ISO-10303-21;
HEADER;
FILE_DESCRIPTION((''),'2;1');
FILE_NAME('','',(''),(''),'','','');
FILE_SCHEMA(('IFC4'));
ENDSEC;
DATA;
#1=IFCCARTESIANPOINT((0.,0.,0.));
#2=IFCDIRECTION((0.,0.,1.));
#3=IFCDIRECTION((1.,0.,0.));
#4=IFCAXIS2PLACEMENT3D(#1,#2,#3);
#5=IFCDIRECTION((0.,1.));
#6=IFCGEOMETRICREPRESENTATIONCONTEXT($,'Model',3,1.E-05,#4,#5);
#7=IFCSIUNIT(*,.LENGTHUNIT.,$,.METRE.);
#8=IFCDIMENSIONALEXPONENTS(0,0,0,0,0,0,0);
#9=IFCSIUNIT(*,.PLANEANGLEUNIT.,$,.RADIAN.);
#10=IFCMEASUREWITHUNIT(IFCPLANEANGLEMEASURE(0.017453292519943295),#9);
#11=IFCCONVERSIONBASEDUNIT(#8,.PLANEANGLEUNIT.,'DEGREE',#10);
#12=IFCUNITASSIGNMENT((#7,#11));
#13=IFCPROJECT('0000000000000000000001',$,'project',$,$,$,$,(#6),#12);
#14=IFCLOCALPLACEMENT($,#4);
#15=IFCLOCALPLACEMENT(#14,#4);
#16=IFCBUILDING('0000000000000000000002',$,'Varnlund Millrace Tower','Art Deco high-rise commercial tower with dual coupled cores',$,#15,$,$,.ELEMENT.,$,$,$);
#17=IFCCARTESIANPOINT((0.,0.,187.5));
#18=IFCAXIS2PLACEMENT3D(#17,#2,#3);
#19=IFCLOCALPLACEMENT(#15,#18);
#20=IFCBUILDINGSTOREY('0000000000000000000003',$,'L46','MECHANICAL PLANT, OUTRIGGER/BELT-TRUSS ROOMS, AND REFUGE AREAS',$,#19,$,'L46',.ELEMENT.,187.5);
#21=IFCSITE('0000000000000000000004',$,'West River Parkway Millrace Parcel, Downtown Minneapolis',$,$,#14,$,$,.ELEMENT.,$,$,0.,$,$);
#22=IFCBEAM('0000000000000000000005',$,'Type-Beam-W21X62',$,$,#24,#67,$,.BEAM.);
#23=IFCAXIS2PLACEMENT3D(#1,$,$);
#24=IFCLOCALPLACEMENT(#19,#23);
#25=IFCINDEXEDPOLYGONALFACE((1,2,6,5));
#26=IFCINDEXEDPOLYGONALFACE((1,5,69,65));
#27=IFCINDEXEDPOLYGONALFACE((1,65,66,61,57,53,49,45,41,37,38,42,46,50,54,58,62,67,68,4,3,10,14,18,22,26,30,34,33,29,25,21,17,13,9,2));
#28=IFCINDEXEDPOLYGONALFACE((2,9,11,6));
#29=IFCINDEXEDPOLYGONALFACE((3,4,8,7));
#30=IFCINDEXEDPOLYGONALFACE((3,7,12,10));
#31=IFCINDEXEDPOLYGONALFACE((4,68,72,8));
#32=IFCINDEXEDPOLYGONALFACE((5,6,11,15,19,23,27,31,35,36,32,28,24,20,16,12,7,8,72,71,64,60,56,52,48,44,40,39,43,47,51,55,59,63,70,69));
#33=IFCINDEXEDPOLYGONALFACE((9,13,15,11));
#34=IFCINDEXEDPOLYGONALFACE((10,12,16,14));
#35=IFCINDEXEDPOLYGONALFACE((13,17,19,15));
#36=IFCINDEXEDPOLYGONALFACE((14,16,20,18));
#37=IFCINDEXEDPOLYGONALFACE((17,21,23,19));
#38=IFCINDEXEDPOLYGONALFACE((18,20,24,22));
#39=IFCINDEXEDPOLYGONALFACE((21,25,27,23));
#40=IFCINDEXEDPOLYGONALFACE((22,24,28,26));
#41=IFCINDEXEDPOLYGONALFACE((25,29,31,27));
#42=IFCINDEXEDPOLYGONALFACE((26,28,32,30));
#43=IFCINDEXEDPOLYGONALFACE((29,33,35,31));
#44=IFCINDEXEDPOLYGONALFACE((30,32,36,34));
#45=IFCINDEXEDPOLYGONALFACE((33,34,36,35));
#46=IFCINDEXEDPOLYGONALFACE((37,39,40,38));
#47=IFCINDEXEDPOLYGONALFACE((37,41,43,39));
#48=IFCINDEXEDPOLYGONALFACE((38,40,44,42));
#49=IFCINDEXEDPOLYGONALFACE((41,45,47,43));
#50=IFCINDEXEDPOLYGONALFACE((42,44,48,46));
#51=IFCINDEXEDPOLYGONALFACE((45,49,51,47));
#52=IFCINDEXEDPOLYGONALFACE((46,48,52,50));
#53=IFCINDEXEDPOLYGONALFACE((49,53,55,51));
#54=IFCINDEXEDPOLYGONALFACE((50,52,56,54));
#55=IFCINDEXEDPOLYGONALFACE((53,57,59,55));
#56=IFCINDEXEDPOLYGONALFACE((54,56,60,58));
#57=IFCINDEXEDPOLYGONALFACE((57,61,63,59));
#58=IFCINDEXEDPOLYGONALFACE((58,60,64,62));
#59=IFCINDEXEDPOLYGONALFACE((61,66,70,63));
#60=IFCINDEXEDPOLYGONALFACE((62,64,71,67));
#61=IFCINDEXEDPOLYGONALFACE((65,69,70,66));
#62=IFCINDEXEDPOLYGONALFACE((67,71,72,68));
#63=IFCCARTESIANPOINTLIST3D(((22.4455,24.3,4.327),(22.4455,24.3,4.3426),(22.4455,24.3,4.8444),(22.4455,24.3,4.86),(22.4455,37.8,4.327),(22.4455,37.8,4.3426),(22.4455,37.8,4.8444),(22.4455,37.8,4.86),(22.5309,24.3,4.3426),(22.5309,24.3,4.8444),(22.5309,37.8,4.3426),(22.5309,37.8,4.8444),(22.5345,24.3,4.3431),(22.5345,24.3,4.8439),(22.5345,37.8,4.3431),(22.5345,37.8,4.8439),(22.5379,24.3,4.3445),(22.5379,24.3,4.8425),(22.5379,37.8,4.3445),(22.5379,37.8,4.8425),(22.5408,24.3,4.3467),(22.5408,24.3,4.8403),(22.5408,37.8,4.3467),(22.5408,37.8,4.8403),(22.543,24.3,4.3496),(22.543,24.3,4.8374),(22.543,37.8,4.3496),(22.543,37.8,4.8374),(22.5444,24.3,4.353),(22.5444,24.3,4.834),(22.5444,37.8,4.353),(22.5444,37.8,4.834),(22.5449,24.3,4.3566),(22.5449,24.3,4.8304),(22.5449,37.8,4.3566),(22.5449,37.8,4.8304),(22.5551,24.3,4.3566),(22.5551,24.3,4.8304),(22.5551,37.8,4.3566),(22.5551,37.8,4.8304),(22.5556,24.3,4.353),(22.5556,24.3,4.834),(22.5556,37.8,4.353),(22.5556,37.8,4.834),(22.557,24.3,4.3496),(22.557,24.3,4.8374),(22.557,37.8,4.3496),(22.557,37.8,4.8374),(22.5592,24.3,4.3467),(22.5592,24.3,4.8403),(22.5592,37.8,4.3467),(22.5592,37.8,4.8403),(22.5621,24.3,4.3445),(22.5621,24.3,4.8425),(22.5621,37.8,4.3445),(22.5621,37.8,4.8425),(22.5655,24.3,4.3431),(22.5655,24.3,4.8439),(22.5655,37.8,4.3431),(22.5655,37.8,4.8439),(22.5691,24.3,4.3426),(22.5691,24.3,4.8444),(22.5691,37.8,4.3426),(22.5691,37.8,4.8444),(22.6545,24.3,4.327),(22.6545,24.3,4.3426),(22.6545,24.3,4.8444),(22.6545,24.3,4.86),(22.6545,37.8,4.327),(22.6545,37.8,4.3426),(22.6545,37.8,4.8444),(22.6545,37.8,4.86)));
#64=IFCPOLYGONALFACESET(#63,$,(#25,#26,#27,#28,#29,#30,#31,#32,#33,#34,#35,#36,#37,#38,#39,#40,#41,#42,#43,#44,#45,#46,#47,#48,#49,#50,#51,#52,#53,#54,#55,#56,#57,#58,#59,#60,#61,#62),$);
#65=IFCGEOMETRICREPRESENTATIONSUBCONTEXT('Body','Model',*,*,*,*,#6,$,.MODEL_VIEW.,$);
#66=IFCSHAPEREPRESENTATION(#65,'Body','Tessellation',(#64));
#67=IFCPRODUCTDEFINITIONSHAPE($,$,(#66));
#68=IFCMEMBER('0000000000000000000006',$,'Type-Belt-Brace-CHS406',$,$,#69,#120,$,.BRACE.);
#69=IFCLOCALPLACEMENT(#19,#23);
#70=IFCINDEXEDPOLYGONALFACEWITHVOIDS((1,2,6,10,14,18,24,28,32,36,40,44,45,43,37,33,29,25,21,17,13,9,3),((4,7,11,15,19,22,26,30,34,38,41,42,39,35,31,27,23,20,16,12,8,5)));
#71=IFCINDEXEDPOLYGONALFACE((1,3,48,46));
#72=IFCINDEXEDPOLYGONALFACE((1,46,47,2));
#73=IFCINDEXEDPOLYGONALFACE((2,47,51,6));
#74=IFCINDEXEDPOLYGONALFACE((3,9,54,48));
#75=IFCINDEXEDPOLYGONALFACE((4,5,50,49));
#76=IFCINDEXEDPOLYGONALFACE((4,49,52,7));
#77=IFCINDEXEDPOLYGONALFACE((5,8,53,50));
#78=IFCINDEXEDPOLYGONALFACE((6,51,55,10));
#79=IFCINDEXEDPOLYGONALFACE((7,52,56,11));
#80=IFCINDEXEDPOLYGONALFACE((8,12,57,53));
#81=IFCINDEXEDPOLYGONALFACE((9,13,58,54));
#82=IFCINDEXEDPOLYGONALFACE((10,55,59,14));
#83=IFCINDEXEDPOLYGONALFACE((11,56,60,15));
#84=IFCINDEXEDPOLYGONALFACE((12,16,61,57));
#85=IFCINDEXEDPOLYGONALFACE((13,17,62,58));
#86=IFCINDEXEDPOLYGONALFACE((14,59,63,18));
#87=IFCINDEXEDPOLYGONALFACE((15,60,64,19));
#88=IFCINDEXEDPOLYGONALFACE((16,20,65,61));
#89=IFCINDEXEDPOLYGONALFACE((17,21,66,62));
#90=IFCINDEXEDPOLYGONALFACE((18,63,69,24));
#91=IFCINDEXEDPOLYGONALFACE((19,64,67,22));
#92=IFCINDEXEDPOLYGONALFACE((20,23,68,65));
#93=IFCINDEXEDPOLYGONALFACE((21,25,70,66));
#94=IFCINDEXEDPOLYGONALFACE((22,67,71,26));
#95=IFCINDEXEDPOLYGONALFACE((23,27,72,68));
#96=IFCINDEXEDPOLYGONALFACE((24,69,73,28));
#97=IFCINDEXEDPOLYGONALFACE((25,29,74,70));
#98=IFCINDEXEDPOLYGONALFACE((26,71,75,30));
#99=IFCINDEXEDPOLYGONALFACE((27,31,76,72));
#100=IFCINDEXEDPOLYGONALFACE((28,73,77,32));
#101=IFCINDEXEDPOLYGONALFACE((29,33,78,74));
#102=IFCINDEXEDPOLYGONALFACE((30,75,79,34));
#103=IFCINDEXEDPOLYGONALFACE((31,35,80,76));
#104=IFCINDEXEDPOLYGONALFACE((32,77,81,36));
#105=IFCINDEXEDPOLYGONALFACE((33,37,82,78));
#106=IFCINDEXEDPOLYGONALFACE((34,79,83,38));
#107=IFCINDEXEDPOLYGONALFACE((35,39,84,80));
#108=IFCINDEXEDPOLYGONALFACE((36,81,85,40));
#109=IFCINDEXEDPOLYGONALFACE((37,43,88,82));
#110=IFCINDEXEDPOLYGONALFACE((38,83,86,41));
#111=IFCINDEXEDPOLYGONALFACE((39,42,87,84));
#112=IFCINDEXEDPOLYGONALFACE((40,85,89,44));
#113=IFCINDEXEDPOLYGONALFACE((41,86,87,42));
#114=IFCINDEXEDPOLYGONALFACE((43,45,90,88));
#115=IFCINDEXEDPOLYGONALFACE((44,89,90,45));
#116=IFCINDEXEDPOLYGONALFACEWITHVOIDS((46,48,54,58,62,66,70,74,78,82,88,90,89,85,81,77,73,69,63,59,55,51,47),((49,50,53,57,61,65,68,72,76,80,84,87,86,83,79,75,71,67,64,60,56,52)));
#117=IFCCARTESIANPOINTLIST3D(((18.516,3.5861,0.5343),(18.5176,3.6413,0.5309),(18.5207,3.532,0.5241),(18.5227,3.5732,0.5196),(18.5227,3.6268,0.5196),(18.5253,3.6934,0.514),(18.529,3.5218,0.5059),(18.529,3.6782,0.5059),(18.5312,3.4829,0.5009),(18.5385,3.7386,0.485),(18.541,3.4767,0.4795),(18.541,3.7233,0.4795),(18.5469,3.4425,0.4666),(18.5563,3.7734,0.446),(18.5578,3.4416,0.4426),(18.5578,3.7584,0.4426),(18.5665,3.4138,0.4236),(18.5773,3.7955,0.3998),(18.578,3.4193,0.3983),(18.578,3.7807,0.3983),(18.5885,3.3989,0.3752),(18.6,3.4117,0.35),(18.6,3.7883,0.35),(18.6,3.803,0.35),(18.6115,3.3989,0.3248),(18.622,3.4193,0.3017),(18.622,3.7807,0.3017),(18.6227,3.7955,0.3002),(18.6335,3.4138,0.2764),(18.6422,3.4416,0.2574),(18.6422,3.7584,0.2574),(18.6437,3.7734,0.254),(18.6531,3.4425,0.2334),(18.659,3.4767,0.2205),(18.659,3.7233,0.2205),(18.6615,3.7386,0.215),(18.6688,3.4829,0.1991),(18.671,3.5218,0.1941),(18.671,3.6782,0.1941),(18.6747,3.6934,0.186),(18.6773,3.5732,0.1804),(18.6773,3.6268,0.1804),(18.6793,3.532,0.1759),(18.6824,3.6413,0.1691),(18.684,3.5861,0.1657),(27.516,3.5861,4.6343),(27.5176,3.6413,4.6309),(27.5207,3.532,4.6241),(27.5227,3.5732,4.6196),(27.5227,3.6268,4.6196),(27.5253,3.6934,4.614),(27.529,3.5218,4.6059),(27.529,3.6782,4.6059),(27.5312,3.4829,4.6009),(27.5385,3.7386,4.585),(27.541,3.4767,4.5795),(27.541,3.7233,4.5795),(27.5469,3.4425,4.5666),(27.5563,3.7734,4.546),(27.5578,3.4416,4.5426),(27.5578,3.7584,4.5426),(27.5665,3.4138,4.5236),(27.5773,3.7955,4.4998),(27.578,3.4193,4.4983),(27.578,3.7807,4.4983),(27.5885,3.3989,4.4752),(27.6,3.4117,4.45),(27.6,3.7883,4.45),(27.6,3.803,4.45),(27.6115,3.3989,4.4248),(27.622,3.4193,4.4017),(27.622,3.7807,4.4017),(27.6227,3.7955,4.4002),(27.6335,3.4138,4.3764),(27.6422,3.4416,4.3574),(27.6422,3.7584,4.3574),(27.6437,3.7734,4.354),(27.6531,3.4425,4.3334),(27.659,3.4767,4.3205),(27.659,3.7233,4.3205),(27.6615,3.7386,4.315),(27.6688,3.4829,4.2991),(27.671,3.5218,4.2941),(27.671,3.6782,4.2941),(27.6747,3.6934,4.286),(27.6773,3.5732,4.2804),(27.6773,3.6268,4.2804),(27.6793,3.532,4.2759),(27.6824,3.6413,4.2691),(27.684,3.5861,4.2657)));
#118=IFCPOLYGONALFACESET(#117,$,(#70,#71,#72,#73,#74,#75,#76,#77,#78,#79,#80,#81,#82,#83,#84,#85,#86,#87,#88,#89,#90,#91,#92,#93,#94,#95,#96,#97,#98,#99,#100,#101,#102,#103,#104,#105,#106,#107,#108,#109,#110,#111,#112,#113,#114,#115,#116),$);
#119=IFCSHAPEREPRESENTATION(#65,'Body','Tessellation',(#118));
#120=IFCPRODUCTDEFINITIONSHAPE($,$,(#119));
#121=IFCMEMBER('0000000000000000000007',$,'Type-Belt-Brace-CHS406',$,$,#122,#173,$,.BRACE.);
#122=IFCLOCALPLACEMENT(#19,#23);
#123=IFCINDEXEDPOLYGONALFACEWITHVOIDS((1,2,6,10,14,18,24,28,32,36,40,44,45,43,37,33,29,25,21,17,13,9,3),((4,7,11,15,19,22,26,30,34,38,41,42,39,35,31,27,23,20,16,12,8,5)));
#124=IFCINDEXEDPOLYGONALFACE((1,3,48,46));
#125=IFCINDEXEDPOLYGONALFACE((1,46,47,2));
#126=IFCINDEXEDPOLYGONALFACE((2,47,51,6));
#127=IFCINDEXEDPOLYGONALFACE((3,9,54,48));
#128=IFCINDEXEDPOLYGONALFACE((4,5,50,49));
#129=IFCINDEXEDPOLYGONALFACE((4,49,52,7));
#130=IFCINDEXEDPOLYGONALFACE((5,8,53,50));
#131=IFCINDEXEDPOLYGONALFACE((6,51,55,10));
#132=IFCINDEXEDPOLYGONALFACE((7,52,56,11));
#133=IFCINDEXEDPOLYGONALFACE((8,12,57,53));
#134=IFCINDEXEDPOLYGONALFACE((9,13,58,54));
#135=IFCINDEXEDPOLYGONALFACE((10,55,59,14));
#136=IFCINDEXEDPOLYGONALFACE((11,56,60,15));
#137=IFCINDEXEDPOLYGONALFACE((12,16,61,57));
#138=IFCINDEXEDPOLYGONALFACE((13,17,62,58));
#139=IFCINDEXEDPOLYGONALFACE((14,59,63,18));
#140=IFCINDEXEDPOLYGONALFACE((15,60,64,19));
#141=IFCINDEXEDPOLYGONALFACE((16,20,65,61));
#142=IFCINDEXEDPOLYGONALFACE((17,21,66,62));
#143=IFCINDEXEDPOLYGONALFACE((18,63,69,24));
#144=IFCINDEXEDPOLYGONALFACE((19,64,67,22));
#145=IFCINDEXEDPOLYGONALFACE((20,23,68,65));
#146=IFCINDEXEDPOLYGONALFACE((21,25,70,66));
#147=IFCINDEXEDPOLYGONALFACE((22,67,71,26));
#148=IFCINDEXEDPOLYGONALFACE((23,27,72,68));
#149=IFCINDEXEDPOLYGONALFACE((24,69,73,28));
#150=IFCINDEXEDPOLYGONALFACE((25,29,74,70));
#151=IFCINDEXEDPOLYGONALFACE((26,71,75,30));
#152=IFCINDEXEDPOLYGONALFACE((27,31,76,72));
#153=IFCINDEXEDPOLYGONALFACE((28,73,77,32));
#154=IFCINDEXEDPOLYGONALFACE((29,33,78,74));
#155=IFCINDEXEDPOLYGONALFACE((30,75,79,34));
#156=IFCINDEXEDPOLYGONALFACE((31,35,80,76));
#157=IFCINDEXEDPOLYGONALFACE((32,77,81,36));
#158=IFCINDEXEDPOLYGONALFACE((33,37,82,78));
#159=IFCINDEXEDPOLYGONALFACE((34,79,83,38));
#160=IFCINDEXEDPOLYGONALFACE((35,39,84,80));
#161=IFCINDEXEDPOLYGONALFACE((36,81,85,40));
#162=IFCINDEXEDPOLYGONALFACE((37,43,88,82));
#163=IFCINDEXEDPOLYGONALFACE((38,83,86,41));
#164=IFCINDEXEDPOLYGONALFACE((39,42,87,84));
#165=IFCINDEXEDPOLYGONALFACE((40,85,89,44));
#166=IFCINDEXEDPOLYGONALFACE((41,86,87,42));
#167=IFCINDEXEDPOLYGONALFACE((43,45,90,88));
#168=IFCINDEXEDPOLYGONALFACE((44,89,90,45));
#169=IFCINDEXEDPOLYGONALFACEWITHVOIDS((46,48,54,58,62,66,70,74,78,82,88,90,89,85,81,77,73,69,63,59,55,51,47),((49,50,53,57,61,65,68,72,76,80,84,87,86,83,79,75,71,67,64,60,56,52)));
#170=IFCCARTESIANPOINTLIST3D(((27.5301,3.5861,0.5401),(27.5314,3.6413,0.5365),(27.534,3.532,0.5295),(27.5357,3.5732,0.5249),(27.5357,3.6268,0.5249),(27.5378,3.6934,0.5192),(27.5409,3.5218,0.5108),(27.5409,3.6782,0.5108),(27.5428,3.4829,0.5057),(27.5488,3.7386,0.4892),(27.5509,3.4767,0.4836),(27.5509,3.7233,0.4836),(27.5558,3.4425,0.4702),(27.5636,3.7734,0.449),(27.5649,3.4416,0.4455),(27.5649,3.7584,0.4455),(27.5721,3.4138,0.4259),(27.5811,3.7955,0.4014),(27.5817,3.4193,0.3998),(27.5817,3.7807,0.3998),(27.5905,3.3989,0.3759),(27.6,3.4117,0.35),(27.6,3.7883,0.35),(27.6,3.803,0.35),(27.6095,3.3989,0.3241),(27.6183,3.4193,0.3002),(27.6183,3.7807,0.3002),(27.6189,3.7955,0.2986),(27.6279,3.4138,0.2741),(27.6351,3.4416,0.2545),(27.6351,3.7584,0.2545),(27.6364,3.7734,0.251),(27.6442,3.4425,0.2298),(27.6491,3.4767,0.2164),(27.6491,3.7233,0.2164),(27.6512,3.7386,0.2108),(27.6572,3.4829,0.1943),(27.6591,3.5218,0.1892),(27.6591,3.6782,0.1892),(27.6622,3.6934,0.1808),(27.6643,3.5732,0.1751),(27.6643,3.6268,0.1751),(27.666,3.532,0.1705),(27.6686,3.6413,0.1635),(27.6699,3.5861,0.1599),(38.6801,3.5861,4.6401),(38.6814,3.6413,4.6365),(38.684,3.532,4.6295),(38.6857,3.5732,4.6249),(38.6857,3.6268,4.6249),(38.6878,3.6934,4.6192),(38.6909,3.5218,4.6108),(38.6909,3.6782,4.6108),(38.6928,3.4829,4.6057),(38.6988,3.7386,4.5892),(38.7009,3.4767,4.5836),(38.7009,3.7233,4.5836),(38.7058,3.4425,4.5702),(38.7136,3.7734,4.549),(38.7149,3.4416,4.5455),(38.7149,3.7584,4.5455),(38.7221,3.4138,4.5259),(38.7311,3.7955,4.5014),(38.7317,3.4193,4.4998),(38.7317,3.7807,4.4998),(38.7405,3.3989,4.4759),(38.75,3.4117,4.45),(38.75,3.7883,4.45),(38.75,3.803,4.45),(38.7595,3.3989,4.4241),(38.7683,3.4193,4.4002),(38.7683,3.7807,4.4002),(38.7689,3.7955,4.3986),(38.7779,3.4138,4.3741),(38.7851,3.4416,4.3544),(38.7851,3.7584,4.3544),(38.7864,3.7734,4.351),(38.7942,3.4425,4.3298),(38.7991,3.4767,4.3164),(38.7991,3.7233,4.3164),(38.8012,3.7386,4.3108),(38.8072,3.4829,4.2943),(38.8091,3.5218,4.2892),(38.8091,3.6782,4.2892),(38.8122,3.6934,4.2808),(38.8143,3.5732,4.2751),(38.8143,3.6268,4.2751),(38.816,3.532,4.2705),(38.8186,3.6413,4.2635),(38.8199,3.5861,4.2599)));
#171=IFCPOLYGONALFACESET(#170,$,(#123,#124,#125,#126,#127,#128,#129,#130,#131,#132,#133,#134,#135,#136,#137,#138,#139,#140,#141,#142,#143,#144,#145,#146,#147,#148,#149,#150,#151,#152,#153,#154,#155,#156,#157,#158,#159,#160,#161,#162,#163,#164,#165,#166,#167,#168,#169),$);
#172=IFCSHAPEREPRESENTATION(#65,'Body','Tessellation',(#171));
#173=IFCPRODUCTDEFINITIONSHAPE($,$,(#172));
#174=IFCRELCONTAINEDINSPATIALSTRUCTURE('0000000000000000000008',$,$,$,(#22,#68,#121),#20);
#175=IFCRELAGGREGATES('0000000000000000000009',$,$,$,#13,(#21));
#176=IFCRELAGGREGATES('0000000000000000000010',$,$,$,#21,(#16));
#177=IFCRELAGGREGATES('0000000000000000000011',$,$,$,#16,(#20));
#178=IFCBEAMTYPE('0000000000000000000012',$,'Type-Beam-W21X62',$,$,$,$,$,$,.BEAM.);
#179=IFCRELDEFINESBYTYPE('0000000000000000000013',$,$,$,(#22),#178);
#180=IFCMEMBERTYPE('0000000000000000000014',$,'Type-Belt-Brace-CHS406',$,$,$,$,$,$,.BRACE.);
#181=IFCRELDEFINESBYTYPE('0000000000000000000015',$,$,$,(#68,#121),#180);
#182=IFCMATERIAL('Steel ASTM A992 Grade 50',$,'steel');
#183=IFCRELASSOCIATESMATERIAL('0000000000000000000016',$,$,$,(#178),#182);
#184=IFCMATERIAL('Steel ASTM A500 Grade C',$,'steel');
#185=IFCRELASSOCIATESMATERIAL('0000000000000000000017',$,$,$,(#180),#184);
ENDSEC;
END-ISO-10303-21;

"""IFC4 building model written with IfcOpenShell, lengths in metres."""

from ifc_helpers import new_model, entity, si_unit, converted_unit, direction, frame, origin_with_axes, origin_2d_with_axis, place, context, subcontext, project, spatial, hollow_circle, i_section, extrude, material, material_profile, profile_set, type_object, element, save


model = new_model("IFC4")

# Units and contexts
model_context = context("Model", 3, precision=1e-05, world=origin_with_axes(), true_north=direction((0.0, 1.0)))
body_context = subcontext(model_context, "Body", "Model", "MODEL_VIEW")
ifc_project = project(units=[si_unit("LENGTHUNIT", "METRE"), converted_unit("PLANEANGLEUNIT", "DEGREE", entity("IfcPlaneAngleMeasure", 0.017453292519943295), si_unit("PLANEANGLEUNIT", "RADIAN"), dimensions=[0, 0, 0, 0, 0, 0, 0])], contexts=[model_context])

# Site, building, storey
site_placement = place(None, origin_with_axes())
site = spatial("IfcSite", under=ifc_project, at=site_placement, Name="West River Parkway Millrace Parcel, Downtown Minneapolis", CompositionType="ELEMENT", RefElevation=0.0)
building_placement = place(site_placement, origin_with_axes())
building = spatial("IfcBuilding", under=site, at=building_placement, Name="Varnlund Millrace Tower", Description="Art Deco high-rise commercial tower with dual coupled cores", CompositionType="ELEMENT")
storey_placement = place(building_placement, frame((0.0, 0.0, 187.5), z_axis=(0.0, 0.0, 1.0), x_axis=(1.0, 0.0, 0.0)))
storey = spatial("IfcBuildingStorey", under=building, at=storey_placement, Name="L46", Description="MECHANICAL PLANT, OUTRIGGER/BELT-TRUSS ROOMS, AND REFUGE AREAS", LongName="L46", CompositionType="ELEMENT", Elevation=187.5)

# Beam
ifc_material_1 = material(Name="Steel ASTM A992 Grade 50", Category="steel")
ifc_material_profile_1 = material_profile(ifc_material_1, i_section(OverallWidth=0.209, OverallDepth=0.533, WebThickness=0.0102, FlangeThickness=0.0156, FilletRadius=0.014, at=origin_2d_with_axis()), Name="Steel ASTM A992 Grade 50")
ifc_profile_set_1 = profile_set([ifc_material_profile_1], Name="Steel ASTM A992 Grade 50")
beam_type_1 = type_object("IfcBeamType", Name="Type-Beam-W21X62", PredefinedType="BEAM", material=ifc_profile_set_1)
beam_1_placement = place(storey_placement, frame((22.55, 24.3, 4.5935), z_axis=(0.0, 1.0, 0.0), x_axis=(-1.0, 0.0, 0.0)))
element("IfcBeam", 1, at=beam_1_placement, inside=storey, type_object=beam_type_1, Name="Type-Beam-W21X62", PredefinedType="BEAM", context=body_context, shape_type="SweptSolid", body=[
    extrude(i_section(OverallWidth=0.209, OverallDepth=0.533, WebThickness=0.0102, FlangeThickness=0.0156, FilletRadius=0.014, at=origin_2d_with_axis()), origin_with_axes(), (0.0, 0.0, 1.0), 13.5),
])

# Members
ifc_material_2 = material(Name="Steel ASTM A500 Grade C", Category="steel")
ifc_material_profile_2 = material_profile(ifc_material_2, hollow_circle(Radius=0.203, WallThickness=0.0147, at=origin_2d_with_axis()), Name="Steel ASTM A500 Grade C")
ifc_profile_set_2 = profile_set([ifc_material_profile_2], Name="Steel ASTM A500 Grade C")
member_type = type_object("IfcMemberType", Name="Type-Belt-Brace-CHS406", PredefinedType="BRACE", material=ifc_profile_set_2)
member_1_placement = place(storey_placement, frame((18.6, 3.6, 0.35), z_axis=(0.91002, 0.0, 0.414565), x_axis=(0.0, 1.0, 0.0)))
element("IfcMember", 2, at=member_1_placement, inside=storey, type_object=member_type, Name="Type-Belt-Brace-CHS406", PredefinedType="BRACE", context=body_context, shape_type="SweptSolid", body=[
    extrude(hollow_circle(Radius=0.203, WallThickness=0.0147, at=origin_2d_with_axis()), origin_with_axes(), (0.0, 0.0, 1.0), 9.8899),
])
member_2_placement = place(storey_placement, frame((27.6, 3.6, 0.35), z_axis=(0.938559, 0.0, 0.34512), x_axis=(0.0, 1.0, 0.0)))
element("IfcMember", 3, at=member_2_placement, inside=storey, type_object=member_type, Name="Type-Belt-Brace-CHS406", PredefinedType="BRACE", context=body_context, shape_type="SweptSolid", body=[
    extrude(hollow_circle(Radius=0.203, WallThickness=0.0147, at=origin_2d_with_axis()), origin_with_axes(), (0.0, 0.0, 1.0), 11.8799),
])

save(model, "model.ifc")
